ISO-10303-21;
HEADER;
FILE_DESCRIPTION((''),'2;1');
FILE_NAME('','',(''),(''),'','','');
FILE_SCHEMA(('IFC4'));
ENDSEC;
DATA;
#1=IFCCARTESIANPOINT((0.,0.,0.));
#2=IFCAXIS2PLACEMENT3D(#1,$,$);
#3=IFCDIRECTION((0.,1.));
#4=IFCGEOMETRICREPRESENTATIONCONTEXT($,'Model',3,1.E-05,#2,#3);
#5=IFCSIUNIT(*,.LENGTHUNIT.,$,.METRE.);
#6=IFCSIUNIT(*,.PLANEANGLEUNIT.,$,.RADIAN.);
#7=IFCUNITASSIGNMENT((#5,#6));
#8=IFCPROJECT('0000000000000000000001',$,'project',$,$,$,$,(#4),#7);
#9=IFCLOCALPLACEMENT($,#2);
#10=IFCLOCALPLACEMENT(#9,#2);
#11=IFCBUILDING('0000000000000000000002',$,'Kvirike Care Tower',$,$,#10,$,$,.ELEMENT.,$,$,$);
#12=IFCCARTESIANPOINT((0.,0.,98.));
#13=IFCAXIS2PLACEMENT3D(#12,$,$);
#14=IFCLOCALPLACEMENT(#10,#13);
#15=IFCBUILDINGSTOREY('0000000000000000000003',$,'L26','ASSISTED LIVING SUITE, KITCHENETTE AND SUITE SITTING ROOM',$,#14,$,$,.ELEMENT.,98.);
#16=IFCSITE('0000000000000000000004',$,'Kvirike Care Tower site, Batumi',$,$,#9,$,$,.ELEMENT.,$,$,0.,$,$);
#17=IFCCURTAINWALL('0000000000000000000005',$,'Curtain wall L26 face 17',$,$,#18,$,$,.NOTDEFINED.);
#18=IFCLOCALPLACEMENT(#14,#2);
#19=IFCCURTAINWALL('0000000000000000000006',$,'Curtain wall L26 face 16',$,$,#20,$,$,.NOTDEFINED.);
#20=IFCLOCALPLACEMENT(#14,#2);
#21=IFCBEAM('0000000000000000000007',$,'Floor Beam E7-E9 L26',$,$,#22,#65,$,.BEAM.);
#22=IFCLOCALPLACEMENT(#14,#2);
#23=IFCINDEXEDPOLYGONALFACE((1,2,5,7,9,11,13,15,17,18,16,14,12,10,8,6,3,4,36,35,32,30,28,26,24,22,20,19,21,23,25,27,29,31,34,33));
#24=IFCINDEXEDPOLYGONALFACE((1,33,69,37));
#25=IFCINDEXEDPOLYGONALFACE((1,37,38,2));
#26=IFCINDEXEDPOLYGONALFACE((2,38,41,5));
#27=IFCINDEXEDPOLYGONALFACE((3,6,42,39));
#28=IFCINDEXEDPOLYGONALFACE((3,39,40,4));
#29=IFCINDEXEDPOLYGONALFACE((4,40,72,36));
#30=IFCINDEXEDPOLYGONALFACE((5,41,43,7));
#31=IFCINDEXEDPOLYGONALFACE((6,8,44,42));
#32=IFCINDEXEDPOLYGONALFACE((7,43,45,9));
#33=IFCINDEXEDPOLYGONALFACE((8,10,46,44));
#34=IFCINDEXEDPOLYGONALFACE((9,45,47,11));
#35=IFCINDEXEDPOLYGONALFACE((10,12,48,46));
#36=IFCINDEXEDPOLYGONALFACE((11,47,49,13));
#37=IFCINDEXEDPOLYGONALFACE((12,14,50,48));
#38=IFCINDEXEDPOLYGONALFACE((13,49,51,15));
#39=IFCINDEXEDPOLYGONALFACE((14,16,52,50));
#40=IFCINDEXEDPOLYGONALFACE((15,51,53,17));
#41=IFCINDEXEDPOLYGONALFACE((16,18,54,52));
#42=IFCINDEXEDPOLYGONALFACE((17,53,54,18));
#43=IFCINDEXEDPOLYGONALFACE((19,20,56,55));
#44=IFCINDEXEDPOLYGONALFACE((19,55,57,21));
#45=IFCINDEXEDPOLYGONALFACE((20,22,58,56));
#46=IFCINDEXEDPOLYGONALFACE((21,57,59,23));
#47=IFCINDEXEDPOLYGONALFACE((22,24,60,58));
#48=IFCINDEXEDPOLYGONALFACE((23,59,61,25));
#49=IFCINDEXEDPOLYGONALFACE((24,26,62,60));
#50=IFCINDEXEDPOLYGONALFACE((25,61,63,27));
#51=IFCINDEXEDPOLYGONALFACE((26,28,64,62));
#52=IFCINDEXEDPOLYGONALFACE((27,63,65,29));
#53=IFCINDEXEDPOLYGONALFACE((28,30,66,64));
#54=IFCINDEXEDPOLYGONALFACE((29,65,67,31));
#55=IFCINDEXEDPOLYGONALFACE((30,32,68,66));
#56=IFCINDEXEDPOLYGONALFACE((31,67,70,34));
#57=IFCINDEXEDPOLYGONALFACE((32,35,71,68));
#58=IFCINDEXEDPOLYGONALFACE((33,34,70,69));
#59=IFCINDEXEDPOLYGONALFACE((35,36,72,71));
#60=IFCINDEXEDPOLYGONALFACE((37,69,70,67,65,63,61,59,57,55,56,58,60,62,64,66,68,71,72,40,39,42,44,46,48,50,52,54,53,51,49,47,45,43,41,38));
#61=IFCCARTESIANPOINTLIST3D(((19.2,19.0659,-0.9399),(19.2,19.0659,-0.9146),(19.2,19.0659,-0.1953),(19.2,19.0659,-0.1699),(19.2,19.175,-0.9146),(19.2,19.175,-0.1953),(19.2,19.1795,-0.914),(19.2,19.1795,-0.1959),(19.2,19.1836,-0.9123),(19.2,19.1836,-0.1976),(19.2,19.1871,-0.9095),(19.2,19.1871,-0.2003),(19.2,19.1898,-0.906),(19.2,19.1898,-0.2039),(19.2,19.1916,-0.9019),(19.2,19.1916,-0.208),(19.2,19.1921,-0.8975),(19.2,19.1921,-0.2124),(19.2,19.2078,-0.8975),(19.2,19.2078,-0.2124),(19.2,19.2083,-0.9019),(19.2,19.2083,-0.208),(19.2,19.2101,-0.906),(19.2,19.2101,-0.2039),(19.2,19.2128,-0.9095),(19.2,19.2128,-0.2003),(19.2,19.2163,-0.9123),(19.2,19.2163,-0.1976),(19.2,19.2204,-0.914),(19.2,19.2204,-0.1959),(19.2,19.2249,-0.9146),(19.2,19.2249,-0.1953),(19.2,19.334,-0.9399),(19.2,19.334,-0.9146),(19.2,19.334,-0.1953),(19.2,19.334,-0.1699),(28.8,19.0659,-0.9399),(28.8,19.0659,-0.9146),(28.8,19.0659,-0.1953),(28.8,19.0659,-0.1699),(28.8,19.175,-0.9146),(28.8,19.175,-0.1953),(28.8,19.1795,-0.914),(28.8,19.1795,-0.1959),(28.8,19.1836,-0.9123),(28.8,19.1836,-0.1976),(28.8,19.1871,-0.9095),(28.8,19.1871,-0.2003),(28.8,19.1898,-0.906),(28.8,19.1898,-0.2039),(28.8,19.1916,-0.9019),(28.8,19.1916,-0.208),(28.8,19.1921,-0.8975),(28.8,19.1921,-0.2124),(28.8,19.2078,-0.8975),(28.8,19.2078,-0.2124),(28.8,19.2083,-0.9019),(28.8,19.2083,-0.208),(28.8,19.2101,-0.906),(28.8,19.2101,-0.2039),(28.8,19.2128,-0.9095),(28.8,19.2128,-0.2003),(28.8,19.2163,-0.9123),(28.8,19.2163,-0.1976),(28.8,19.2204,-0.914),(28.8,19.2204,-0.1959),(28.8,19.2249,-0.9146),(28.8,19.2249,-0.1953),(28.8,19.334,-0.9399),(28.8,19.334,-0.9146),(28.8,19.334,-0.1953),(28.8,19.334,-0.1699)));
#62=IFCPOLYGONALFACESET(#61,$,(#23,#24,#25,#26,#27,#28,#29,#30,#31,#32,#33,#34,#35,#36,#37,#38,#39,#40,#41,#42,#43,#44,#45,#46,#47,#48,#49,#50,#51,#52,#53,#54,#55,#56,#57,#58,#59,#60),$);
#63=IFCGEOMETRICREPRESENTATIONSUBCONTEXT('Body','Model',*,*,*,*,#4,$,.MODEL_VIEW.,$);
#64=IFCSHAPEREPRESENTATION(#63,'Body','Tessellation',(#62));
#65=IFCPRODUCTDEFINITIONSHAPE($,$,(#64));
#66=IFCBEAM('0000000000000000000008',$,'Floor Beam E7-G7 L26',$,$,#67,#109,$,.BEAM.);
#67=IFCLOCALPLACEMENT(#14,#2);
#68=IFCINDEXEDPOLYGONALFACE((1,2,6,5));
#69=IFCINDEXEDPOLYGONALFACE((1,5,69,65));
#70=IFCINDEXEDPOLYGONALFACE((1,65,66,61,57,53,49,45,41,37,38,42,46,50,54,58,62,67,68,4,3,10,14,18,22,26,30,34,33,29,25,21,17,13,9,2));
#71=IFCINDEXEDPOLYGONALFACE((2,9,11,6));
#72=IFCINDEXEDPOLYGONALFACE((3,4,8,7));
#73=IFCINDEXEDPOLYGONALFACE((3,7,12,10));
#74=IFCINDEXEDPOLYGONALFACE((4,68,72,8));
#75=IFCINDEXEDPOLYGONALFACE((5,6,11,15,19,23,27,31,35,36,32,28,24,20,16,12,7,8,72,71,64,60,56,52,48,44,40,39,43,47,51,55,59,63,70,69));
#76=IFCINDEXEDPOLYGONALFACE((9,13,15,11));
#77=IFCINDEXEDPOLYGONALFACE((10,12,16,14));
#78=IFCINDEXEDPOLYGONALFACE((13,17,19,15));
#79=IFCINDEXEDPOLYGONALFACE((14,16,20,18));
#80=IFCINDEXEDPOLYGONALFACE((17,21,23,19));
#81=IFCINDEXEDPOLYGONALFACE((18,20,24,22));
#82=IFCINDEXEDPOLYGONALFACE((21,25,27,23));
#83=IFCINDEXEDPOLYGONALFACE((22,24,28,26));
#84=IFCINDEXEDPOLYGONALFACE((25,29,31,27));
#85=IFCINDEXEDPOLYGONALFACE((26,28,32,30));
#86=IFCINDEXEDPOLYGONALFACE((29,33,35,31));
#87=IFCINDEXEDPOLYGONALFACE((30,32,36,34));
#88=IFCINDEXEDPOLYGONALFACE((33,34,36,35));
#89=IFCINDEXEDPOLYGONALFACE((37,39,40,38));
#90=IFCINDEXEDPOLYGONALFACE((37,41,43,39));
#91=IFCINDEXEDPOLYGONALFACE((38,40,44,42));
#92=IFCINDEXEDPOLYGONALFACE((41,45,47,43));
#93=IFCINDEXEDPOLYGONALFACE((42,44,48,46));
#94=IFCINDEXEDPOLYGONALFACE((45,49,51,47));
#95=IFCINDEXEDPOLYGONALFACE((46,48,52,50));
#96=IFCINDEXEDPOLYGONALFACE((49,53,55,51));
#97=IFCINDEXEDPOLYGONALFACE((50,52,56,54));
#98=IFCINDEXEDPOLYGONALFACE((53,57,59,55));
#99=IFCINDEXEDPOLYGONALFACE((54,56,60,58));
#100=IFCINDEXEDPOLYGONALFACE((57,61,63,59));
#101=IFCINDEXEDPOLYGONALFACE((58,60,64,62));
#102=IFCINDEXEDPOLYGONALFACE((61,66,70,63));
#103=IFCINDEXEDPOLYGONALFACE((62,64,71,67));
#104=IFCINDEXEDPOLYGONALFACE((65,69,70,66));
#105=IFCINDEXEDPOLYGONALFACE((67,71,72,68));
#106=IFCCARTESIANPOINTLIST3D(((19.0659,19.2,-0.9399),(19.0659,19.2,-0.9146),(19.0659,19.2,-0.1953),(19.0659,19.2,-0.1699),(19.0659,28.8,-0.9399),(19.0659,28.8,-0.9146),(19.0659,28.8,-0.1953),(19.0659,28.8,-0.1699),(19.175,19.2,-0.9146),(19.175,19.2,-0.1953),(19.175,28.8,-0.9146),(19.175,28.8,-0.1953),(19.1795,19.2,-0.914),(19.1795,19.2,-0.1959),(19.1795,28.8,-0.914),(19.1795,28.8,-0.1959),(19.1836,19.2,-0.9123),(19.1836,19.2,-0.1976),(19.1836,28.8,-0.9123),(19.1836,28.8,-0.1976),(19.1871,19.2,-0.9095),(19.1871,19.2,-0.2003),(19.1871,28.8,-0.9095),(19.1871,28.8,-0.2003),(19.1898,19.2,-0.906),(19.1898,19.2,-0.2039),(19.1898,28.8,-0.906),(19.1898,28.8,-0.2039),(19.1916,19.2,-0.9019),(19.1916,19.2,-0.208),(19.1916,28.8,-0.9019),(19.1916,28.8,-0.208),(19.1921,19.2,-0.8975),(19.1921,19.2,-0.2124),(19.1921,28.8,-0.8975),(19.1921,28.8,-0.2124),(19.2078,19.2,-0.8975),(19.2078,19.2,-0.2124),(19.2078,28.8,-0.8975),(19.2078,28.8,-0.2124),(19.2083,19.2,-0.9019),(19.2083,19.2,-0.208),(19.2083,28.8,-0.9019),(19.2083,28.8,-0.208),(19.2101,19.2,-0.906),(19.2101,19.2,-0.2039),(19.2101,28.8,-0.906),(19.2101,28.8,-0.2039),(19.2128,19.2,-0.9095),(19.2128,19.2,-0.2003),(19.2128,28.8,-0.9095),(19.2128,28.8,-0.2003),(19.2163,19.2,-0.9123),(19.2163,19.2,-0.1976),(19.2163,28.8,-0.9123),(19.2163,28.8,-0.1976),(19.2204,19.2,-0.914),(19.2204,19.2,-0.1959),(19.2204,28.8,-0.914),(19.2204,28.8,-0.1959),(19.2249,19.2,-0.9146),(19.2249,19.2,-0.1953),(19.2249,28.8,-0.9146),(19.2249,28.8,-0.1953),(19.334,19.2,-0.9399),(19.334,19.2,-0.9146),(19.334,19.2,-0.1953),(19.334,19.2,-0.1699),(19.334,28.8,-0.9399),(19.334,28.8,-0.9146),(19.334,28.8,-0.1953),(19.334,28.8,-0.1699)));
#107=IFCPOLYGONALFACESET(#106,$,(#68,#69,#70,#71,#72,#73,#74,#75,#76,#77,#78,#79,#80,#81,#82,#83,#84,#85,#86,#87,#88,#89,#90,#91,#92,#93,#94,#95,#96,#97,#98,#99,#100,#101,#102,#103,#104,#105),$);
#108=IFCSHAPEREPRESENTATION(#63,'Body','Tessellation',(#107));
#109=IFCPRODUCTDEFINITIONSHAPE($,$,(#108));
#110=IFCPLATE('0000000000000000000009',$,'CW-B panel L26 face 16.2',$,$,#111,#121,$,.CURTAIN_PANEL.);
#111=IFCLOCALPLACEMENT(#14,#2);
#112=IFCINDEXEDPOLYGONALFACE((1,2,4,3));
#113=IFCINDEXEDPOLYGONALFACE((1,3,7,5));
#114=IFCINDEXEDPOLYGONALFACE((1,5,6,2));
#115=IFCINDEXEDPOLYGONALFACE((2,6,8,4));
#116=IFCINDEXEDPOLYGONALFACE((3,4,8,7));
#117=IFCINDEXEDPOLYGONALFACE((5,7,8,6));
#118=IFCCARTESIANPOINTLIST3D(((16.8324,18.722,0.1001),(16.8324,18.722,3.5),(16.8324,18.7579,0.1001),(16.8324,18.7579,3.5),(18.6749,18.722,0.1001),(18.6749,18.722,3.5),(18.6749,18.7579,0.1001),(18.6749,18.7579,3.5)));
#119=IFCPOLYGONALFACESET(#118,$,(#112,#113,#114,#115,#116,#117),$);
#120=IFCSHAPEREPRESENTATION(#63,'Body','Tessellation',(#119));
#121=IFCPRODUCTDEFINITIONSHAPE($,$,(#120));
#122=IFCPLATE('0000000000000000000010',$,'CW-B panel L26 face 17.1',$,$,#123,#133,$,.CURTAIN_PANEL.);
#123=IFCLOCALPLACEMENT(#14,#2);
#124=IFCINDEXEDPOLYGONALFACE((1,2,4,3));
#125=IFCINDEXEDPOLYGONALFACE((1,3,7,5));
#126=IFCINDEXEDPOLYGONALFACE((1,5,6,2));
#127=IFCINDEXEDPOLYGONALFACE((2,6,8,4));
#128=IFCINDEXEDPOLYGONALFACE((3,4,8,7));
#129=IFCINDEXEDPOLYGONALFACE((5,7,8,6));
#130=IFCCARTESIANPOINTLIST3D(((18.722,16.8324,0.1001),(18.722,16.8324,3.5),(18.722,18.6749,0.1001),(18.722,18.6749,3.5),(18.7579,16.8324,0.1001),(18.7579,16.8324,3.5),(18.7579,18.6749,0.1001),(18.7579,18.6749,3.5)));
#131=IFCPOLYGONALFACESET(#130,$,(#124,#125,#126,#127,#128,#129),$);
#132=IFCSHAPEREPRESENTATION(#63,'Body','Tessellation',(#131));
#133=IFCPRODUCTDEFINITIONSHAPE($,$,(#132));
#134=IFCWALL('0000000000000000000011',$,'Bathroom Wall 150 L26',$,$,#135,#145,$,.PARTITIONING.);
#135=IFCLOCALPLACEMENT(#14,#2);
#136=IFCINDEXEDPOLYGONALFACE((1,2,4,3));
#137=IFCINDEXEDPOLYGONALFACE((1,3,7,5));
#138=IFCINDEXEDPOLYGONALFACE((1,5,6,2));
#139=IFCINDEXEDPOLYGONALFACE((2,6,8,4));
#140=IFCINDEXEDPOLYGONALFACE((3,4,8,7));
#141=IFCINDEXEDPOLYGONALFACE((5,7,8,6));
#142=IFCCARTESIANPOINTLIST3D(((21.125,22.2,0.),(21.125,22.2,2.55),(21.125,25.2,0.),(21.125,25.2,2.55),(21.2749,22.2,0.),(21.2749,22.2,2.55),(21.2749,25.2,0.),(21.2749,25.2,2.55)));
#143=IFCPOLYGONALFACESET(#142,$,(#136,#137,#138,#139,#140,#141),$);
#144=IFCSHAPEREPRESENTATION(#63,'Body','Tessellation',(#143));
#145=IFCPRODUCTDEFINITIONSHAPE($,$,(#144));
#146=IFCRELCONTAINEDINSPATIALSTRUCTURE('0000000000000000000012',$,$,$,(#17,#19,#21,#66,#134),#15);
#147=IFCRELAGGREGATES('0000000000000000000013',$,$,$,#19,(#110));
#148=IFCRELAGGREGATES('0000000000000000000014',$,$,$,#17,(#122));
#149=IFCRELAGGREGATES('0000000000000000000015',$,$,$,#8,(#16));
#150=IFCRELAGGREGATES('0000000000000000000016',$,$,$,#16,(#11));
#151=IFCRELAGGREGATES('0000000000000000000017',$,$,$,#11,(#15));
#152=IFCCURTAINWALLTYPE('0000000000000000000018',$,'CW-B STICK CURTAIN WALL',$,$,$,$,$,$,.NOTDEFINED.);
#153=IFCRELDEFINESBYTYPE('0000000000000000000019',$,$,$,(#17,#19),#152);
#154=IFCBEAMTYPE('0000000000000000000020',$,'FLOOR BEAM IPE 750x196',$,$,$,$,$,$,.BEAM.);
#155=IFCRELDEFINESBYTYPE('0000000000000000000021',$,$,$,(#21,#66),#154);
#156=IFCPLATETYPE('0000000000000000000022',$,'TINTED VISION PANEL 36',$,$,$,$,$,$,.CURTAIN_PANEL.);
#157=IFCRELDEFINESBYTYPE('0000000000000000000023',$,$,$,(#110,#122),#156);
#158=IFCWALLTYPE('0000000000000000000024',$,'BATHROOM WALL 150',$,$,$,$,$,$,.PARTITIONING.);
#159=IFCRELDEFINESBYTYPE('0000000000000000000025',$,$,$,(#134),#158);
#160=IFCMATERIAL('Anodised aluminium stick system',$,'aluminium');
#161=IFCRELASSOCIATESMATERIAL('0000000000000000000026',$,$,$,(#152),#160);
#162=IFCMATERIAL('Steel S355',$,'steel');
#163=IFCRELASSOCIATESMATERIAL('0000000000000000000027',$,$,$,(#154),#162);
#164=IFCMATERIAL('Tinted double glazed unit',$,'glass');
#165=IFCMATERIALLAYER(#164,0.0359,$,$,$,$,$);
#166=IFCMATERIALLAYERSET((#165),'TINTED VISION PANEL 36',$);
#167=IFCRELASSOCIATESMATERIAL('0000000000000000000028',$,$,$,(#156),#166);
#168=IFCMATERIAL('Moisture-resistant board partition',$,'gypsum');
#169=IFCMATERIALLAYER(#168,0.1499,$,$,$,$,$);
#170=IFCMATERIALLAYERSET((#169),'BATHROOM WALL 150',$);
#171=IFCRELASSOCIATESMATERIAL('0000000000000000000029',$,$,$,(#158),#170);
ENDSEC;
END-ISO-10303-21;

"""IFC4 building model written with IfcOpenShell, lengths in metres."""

from ifc_helpers import new_model, si_unit, direction, frame, frame_2d, origin, origin_2d, place, context, subcontext, project, spatial, rectangle, i_section, extrude, material, layer, layer_set, material_profile, profile_set, type_object, element, aggregate, save


model = new_model("IFC4")

# Units and contexts
model_context = context("Model", 3, precision=1e-05, world=origin(), true_north=direction((0.0, 1.0)))
body_context = subcontext(model_context, "Body", "Model", "MODEL_VIEW")
ifc_project = project(units=[si_unit("LENGTHUNIT", "METRE"), si_unit("PLANEANGLEUNIT", "RADIAN")], contexts=[model_context])

# Site, building, storey
site_placement = place(None, origin())
site = spatial("IfcSite", under=ifc_project, at=site_placement, Name="Kvirike Care Tower site, Batumi", CompositionType="ELEMENT", RefElevation=0.0)
building_placement = place(site_placement, origin())
building = spatial("IfcBuilding", under=site, at=building_placement, Name="Kvirike Care Tower", CompositionType="ELEMENT")
storey_placement = place(building_placement, frame((0.0, 0.0, 98.0)))
storey = spatial("IfcBuildingStorey", under=building, at=storey_placement, Name="L26", Description="ASSISTED LIVING SUITE, KITCHENETTE AND SUITE SITTING ROOM", CompositionType="ELEMENT", Elevation=98.0)

# Curtain wall
ifc_material_1 = material(Name="Anodised aluminium stick system", Category="aluminium")
curtain_wall_type = type_object("IfcCurtainWallType", Name="CW-B STICK CURTAIN WALL", PredefinedType="NOTDEFINED", material=ifc_material_1)
curtain_wall_1_placement = place(storey_placement, origin())
curtain_wall_1 = element("IfcCurtainWall", 1, at=curtain_wall_1_placement, inside=storey, type_object=curtain_wall_type, Name="Curtain wall L26 face 17", PredefinedType="NOTDEFINED")

# Curtain wall
curtain_wall_2_placement = place(storey_placement, origin())
curtain_wall_2 = element("IfcCurtainWall", 2, at=curtain_wall_2_placement, inside=storey, type_object=curtain_wall_type, Name="Curtain wall L26 face 16", PredefinedType="NOTDEFINED")

# Beams
ifc_material_2 = material(Name="Steel S355", Category="steel")
ifc_material_profile_1 = material_profile(ifc_material_2, i_section(OverallWidth=0.2681, OverallDepth=0.77, WebThickness=0.0156, FlangeThickness=0.0254, FilletRadius=0.0171, at=origin_2d()), Name="IPE 750x196")
ifc_profile_set_1 = profile_set([ifc_material_profile_1], Name="Steel S355")
beam_type = type_object("IfcBeamType", Name="FLOOR BEAM IPE 750x196", PredefinedType="BEAM", material=ifc_profile_set_1)
for number, where, z_axis, x_axis, name in (
    (3, (19.2, 19.2, -0.5549), (1.0, 0.0, 0.0), (0.0, 1.0, 0.0), "Floor Beam E7-E9 L26"),
    (4, (19.2, 19.2, -0.5549), (0.0, 1.0, 0.0), (-1.0, 0.0, 0.0), "Floor Beam E7-G7 L26"),
):
    element("IfcBeam", number, at=place(storey_placement, frame(where, z_axis=z_axis, x_axis=x_axis)), inside=storey, type_object=beam_type, Name=name, PredefinedType="BEAM", context=body_context, shape_type="SweptSolid", body=[
        extrude(i_section(OverallWidth=0.2681, OverallDepth=0.77, WebThickness=0.0156, FlangeThickness=0.0254, FilletRadius=0.0171, at=origin_2d()), origin(), (0.0, 0.0, 1.0), 9.6001),
    ])

# Plates
ifc_material_3 = material(Name="Tinted double glazed unit", Category="glass")
ifc_layer_1 = layer(ifc_material_3, 0.0359)
ifc_layer_set_1 = layer_set([ifc_layer_1], Name="TINTED VISION PANEL 36")
plate_type = type_object("IfcPlateType", Name="TINTED VISION PANEL 36", PredefinedType="CURTAIN_PANEL", material=ifc_layer_set_1)
plate_1_placement = place(storey_placement, frame((17.7537, 18.74, 0.1001), z_axis=(0.0, 0.0, 1.0), x_axis=(1.0, 0.0, 0.0)))
plate_1 = element("IfcPlate", 5, at=plate_1_placement, type_object=plate_type, Name="CW-B panel L26 face 16.2", PredefinedType="CURTAIN_PANEL", context=body_context, shape_type="SweptSolid", body=[
    extrude(rectangle(XDim=1.8425, YDim=0.0359, at=origin_2d()), origin(), (0.0, 0.0, 1.0), 3.3999),
])
aggregate(curtain_wall_2, [plate_1])
plate_2_placement = place(storey_placement, frame((18.74, 17.7537, 0.1001), z_axis=(0.0, 0.0, 1.0), x_axis=(0.0, -1.0, 0.0)))
plate_2 = element("IfcPlate", 6, at=plate_2_placement, type_object=plate_type, Name="CW-B panel L26 face 17.1", PredefinedType="CURTAIN_PANEL", context=body_context, shape_type="SweptSolid", body=[
    extrude(rectangle(XDim=1.8425, YDim=0.0359, at=origin_2d()), origin(), (0.0, 0.0, 1.0), 3.3999),
])
aggregate(curtain_wall_1, [plate_2])

# Wall
ifc_material_4 = material(Name="Moisture-resistant board partition", Category="gypsum")
ifc_layer_2 = layer(ifc_material_4, 0.1499)
ifc_layer_set_2 = layer_set([ifc_layer_2], Name="BATHROOM WALL 150")
wall_type_1 = type_object("IfcWallType", Name="BATHROOM WALL 150", PredefinedType="PARTITIONING", material=ifc_layer_set_2)
wall_1_placement = place(storey_placement, frame((21.2, 22.2, 0.0), z_axis=(0.0, 0.0, 1.0), x_axis=(0.0, 1.0, 0.0)))
element("IfcWall", 7, at=wall_1_placement, inside=storey, type_object=wall_type_1, Name="Bathroom Wall 150 L26", PredefinedType="PARTITIONING", context=body_context, shape_type="SweptSolid", body=[
    extrude(rectangle(XDim=3.0, YDim=0.1499, at=frame_2d((1.5, 0.0))), origin(), (0.0, 0.0, 1.0), 2.55),
])

save(model, "model.ifc")
